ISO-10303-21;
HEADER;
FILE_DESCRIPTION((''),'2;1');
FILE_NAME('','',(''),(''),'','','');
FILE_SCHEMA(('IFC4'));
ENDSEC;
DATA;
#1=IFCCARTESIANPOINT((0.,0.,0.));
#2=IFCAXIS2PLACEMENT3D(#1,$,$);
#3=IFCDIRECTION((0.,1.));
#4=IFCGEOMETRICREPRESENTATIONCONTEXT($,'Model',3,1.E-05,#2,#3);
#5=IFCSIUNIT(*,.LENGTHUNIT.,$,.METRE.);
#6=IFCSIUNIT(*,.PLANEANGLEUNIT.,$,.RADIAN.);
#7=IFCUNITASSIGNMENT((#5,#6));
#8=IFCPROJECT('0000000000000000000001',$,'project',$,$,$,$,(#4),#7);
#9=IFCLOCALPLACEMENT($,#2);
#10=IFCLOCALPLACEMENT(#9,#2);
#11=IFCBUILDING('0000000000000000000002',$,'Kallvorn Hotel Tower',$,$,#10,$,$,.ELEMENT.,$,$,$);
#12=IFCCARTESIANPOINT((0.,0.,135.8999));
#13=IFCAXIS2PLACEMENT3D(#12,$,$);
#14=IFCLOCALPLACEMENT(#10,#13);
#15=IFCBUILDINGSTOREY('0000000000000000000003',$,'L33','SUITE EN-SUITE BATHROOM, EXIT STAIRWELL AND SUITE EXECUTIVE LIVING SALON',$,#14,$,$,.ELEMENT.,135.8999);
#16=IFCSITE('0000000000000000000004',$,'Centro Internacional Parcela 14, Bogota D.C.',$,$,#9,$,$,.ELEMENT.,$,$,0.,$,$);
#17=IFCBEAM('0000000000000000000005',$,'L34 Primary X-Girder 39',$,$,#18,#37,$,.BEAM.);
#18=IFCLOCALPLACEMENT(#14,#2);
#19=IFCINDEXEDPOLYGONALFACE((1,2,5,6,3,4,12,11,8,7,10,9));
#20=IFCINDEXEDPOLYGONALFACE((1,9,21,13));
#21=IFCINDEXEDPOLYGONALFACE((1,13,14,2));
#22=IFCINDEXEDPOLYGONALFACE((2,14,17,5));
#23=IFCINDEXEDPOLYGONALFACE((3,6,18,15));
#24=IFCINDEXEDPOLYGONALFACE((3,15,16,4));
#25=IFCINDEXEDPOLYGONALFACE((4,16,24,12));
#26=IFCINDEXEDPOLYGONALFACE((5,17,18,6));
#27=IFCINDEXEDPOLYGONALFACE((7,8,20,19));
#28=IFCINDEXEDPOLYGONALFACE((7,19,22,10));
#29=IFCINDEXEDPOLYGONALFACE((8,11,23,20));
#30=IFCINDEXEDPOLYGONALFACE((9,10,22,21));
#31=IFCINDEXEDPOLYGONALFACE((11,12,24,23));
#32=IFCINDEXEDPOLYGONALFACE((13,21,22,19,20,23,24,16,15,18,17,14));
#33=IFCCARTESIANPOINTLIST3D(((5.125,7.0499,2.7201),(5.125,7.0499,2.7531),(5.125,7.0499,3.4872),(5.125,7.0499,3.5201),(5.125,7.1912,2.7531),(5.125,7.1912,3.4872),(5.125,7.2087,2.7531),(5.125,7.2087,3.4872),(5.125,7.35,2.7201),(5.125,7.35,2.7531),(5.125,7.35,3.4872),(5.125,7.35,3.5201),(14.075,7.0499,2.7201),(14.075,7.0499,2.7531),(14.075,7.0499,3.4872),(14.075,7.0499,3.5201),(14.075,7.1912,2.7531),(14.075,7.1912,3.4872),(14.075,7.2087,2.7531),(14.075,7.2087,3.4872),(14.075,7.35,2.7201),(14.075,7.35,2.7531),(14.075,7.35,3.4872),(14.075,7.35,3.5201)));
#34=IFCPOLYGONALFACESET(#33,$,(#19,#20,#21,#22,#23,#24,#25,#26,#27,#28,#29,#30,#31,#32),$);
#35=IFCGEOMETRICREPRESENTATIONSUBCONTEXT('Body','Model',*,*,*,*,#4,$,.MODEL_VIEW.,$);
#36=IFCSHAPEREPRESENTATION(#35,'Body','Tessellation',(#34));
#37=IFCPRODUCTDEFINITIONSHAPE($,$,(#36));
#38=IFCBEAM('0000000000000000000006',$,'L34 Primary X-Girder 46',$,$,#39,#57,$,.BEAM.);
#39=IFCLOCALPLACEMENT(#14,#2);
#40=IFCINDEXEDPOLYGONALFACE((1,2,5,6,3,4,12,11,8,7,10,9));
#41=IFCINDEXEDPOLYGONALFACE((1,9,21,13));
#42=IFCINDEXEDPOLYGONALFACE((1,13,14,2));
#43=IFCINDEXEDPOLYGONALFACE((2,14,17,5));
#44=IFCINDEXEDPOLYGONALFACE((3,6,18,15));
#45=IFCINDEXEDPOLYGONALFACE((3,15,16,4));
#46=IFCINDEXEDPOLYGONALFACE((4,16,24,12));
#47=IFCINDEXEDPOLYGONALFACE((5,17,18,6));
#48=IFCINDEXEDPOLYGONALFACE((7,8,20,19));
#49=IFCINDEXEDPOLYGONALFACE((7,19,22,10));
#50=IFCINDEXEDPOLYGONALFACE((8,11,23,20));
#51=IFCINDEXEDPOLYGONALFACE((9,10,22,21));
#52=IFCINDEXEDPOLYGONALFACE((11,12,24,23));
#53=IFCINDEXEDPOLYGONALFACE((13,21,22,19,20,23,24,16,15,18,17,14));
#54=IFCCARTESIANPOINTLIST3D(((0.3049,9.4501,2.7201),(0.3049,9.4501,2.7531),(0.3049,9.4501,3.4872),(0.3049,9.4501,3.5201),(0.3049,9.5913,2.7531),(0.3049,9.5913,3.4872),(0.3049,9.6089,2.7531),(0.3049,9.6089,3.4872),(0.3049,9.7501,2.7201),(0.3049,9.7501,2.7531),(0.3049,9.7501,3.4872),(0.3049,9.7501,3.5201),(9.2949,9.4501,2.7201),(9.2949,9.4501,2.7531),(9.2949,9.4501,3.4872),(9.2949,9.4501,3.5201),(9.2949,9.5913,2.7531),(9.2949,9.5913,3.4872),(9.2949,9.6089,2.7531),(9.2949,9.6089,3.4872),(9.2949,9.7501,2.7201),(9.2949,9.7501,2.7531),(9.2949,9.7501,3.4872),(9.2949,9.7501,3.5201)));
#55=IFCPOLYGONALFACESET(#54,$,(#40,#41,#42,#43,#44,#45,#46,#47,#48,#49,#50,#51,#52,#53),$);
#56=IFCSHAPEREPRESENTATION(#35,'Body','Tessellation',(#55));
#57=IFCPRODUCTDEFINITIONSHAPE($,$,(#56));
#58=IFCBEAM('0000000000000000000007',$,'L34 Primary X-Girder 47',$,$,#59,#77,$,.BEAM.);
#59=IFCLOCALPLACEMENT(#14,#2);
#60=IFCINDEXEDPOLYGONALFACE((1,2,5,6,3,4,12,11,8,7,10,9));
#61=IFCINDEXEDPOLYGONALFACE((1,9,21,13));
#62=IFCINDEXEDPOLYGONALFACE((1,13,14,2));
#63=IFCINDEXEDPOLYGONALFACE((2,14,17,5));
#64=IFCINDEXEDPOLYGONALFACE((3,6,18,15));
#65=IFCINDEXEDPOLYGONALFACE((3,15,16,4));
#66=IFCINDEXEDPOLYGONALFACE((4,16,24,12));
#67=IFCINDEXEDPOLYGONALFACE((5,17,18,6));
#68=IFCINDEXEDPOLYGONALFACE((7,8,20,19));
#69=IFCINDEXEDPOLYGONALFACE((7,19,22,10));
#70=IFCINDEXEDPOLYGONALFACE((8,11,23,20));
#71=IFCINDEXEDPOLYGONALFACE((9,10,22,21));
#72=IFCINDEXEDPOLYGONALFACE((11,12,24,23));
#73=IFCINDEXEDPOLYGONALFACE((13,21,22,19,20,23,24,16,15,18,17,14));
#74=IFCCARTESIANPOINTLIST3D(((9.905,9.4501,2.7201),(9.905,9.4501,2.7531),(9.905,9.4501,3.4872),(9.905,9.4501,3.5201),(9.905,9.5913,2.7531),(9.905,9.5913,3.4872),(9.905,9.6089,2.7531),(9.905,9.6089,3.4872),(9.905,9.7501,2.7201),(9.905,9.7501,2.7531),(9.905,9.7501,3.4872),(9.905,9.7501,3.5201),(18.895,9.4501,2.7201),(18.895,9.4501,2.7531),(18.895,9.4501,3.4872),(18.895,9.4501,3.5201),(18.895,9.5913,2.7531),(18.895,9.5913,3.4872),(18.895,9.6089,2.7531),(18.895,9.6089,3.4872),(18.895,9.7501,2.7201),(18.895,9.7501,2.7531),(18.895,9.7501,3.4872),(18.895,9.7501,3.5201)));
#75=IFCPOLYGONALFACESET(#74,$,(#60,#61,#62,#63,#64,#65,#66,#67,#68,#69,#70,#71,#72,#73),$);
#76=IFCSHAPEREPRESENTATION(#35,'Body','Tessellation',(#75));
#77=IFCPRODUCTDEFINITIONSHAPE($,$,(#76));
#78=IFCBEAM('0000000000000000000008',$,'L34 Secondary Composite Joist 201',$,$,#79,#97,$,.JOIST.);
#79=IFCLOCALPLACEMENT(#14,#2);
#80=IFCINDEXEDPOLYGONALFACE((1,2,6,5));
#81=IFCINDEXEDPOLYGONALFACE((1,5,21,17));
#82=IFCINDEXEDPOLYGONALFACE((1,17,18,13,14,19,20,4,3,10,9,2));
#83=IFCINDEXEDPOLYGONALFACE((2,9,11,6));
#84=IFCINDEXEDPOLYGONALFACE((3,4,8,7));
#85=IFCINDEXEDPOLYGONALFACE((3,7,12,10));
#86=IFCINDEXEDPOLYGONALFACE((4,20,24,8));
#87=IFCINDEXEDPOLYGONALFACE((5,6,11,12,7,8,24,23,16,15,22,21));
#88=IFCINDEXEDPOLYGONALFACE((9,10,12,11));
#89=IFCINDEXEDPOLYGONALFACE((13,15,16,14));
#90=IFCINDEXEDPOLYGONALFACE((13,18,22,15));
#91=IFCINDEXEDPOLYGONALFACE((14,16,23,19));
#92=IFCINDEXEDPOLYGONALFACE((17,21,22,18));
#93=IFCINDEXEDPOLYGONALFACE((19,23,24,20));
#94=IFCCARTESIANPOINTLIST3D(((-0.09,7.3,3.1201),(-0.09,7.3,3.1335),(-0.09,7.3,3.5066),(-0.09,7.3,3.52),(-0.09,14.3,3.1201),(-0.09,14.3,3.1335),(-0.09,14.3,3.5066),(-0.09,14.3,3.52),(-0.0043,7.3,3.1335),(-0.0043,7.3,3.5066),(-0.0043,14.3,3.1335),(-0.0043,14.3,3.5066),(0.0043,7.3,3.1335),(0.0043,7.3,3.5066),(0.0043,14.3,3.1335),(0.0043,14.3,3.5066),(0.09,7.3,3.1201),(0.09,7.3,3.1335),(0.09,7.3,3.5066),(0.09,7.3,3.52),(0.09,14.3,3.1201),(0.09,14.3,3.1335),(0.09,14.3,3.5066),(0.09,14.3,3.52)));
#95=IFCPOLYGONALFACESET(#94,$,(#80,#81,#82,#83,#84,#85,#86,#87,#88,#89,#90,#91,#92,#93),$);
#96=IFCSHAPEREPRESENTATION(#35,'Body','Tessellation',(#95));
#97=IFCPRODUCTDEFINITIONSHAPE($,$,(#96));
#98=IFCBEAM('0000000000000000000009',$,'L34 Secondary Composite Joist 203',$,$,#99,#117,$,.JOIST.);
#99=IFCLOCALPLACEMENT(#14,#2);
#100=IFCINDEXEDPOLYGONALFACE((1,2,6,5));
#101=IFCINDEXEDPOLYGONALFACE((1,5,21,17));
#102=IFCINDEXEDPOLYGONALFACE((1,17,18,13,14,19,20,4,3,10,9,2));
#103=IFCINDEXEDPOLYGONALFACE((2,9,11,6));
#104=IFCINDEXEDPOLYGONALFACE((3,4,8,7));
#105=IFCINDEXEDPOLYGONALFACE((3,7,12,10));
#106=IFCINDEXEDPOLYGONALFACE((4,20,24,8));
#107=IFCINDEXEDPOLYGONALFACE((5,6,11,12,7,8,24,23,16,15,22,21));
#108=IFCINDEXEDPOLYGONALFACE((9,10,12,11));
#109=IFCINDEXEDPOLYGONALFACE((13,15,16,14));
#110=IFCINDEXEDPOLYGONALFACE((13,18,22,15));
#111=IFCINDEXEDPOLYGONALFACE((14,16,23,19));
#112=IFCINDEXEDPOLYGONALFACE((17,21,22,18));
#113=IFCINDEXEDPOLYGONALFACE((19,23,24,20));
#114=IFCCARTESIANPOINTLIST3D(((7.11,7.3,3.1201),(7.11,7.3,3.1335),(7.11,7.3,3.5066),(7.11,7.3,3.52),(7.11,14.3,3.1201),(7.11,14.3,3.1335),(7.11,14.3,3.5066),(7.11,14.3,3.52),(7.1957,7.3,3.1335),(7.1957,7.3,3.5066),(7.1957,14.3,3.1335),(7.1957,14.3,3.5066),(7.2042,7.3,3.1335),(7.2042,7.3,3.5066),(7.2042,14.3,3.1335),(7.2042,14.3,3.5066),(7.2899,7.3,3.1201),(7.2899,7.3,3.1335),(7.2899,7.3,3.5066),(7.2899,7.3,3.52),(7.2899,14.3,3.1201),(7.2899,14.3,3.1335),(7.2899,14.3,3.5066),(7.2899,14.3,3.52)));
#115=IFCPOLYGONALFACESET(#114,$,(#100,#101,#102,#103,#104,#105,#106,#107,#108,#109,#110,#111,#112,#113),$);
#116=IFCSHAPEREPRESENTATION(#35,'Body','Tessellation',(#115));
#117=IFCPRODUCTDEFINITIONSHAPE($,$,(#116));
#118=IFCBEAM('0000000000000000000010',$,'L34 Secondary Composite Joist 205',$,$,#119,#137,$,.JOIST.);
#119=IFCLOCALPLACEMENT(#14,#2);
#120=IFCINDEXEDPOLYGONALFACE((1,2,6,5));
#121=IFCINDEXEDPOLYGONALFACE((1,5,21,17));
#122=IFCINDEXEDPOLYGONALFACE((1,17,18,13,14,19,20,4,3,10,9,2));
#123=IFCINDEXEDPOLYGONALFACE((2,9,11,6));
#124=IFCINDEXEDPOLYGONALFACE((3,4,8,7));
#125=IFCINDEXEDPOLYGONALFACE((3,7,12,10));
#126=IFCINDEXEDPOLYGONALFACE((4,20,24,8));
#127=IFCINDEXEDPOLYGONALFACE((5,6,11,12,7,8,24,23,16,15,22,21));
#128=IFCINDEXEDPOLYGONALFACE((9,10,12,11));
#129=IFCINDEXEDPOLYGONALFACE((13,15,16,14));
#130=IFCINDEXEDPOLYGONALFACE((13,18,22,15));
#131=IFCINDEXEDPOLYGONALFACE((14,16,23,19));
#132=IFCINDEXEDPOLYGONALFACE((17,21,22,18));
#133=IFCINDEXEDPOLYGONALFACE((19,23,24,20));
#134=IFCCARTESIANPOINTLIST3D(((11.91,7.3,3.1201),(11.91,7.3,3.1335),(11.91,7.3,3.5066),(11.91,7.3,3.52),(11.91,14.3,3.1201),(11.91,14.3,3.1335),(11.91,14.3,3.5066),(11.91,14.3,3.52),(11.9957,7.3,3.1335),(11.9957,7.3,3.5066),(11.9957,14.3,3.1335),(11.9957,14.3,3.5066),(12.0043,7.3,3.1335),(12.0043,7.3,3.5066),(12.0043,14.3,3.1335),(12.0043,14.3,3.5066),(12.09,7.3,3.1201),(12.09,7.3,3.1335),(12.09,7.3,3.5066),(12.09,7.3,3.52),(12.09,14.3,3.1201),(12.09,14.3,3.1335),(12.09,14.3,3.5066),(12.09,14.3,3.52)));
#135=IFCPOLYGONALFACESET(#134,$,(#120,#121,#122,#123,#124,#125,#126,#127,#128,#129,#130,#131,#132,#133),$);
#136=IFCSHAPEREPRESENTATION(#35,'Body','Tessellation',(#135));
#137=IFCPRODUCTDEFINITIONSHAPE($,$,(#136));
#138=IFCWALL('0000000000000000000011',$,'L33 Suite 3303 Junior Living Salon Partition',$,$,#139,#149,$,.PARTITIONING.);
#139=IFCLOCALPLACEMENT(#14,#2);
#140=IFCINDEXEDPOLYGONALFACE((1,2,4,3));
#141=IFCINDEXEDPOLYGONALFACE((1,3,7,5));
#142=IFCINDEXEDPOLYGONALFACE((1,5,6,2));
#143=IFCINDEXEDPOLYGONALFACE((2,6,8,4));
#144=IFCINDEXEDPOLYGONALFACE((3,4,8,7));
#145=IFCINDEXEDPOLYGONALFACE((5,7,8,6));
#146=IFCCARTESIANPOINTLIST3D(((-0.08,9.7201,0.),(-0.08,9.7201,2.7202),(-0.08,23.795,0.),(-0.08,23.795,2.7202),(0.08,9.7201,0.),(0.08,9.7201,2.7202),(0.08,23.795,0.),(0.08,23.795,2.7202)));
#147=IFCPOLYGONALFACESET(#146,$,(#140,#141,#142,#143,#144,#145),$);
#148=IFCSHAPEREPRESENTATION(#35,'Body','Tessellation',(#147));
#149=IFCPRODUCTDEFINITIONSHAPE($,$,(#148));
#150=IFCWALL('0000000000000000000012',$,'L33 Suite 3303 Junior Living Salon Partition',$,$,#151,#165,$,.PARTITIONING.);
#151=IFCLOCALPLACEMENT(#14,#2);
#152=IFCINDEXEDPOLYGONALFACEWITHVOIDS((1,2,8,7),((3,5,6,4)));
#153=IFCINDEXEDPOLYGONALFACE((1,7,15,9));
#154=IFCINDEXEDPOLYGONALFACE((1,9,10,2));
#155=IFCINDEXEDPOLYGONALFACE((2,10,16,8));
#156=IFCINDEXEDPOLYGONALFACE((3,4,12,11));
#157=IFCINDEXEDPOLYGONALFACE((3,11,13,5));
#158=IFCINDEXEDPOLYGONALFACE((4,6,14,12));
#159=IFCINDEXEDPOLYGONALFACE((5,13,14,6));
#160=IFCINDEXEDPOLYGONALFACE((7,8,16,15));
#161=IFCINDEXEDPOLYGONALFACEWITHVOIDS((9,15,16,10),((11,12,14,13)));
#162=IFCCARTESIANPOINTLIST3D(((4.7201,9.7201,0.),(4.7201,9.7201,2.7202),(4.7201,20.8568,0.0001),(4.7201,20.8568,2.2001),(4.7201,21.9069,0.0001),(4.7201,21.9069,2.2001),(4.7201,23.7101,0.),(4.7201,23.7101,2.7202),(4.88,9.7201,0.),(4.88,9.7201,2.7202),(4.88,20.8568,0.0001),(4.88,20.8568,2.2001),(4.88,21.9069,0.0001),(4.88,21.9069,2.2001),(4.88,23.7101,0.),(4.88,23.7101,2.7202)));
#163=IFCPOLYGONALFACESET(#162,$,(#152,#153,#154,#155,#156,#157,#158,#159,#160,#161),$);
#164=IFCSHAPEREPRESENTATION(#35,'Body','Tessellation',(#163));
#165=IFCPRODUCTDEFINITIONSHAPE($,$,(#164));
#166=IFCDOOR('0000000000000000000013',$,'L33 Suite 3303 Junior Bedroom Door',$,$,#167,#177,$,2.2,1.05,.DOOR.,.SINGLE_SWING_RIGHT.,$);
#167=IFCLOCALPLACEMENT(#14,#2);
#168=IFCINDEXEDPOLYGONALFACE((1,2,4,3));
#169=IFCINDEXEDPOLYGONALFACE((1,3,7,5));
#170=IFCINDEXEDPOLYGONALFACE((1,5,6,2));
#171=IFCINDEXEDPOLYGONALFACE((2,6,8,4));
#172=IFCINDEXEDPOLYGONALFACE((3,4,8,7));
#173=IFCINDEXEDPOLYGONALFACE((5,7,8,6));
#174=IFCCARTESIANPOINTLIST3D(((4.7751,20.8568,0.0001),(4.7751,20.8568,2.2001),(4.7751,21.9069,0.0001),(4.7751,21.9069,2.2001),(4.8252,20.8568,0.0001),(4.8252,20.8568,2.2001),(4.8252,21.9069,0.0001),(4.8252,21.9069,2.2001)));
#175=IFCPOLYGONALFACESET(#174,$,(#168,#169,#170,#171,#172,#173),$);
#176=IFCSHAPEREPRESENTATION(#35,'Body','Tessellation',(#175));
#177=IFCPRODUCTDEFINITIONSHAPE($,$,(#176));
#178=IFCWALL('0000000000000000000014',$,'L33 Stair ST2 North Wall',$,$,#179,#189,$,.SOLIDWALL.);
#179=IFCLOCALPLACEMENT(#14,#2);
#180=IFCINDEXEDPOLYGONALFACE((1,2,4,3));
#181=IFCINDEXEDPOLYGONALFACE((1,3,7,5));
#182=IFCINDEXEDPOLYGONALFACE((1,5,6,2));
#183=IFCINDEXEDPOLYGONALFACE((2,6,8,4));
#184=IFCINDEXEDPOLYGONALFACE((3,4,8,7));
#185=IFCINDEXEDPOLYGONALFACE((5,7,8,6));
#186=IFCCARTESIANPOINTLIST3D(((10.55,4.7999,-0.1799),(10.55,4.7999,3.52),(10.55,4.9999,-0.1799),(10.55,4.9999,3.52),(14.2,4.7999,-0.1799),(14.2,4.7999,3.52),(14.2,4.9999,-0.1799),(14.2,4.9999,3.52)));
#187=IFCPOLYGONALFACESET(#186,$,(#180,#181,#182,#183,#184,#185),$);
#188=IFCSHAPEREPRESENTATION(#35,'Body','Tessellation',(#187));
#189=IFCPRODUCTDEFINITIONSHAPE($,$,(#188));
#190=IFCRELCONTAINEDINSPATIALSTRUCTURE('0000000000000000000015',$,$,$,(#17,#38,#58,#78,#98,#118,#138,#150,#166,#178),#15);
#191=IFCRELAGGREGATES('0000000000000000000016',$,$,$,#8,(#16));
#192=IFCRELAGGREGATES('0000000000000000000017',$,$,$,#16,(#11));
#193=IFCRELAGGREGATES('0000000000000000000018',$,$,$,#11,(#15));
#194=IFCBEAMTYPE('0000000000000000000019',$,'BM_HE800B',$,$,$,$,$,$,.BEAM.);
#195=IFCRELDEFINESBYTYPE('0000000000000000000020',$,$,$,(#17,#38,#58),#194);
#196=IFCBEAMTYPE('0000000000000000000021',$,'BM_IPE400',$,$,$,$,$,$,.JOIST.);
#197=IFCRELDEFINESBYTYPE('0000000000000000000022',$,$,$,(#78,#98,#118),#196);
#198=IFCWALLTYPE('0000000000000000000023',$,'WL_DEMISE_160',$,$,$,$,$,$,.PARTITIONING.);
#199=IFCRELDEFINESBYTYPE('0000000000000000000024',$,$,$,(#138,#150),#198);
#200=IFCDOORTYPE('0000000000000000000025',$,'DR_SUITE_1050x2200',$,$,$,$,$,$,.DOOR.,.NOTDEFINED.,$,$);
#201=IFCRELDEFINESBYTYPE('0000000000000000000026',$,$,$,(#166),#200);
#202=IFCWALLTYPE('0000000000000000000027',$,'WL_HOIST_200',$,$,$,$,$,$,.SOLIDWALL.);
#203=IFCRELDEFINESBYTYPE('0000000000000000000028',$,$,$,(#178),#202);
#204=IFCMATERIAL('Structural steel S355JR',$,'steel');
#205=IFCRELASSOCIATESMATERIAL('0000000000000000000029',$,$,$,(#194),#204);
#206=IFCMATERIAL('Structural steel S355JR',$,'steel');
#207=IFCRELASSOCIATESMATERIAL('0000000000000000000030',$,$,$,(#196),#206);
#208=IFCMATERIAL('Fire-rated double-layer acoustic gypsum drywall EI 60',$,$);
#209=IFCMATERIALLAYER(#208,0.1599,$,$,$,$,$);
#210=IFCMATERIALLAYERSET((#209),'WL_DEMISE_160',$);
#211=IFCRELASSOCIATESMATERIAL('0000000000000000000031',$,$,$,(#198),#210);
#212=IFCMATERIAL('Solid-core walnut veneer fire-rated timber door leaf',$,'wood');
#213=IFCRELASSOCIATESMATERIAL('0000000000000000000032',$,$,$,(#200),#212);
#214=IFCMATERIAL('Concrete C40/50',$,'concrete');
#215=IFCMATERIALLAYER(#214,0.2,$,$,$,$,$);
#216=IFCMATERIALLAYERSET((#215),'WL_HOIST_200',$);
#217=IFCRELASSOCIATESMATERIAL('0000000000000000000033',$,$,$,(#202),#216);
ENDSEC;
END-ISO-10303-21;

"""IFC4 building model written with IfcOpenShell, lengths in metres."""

from ifc_helpers import new_model, si_unit, direction, frame, frame_2d, origin, origin_2d, place, context, subcontext, project, spatial, rectangle, i_section, extrude, material, layer, layer_set, material_profile, profile_set, type_object, element, fill, save


model = new_model("IFC4")

# Units and contexts
model_context = context("Model", 3, precision=1e-05, world=origin(), true_north=direction((0.0, 1.0)))
body_context = subcontext(model_context, "Body", "Model", "MODEL_VIEW")
ifc_project = project(units=[si_unit("LENGTHUNIT", "METRE"), si_unit("PLANEANGLEUNIT", "RADIAN")], contexts=[model_context])

# Site, building, storey
site_placement = place(None, origin())
site = spatial("IfcSite", under=ifc_project, at=site_placement, Name="Centro Internacional Parcela 14, Bogota D.C.", CompositionType="ELEMENT", RefElevation=0.0)
building_placement = place(site_placement, origin())
building = spatial("IfcBuilding", under=site, at=building_placement, Name="Kallvorn Hotel Tower", CompositionType="ELEMENT")
storey_placement = place(building_placement, frame((0.0, 0.0, 135.8999)))
storey = spatial("IfcBuildingStorey", under=building, at=storey_placement, Name="L33", Description="SUITE EN-SUITE BATHROOM, EXIT STAIRWELL AND SUITE EXECUTIVE LIVING SALON", CompositionType="ELEMENT", Elevation=135.8999)

# Beams
ifc_material_1 = material(Name="Structural steel S355JR", Category="steel")
ifc_material_profile_1 = material_profile(ifc_material_1, i_section(OverallWidth=0.3, OverallDepth=0.8, WebThickness=0.0176, FlangeThickness=0.033, at=origin_2d()), Name="HE 800 B")
ifc_profile_set_1 = profile_set([ifc_material_profile_1], Name="Structural steel S355JR")
beam_type_1 = type_object("IfcBeamType", Name="BM_HE800B", PredefinedType="BEAM", material=ifc_profile_set_1)
beam_1_placement = place(storey_placement, frame((5.125, 7.2, 3.1201), z_axis=(1.0, 0.0, 0.0), x_axis=(0.0, 1.0, 0.0)))
element("IfcBeam", 1, at=beam_1_placement, inside=storey, type_object=beam_type_1, Name="L34 Primary X-Girder 39", PredefinedType="BEAM", context=body_context, shape_type="SweptSolid", body=[
    extrude(i_section(OverallWidth=0.3, OverallDepth=0.8, WebThickness=0.0176, FlangeThickness=0.033, at=origin_2d()), origin(), (0.0, 0.0, 1.0), 8.95),
])
for number, where, z_axis, x_axis, name in (
    (2, (0.3049, 9.6001, 3.1201), (1.0, 0.0, 0.0), (0.0, 1.0, 0.0), "L34 Primary X-Girder 46"),
    (3, (9.905, 9.6001, 3.1201), (1.0, 0.0, 0.0), (0.0, 1.0, 0.0), "L34 Primary X-Girder 47"),
):
    element("IfcBeam", number, at=place(storey_placement, frame(where, z_axis=z_axis, x_axis=x_axis)), inside=storey, type_object=beam_type_1, Name=name, PredefinedType="BEAM", context=body_context, shape_type="SweptSolid", body=[
        extrude(i_section(OverallWidth=0.3, OverallDepth=0.8, WebThickness=0.0176, FlangeThickness=0.033, at=origin_2d()), origin(), (0.0, 0.0, 1.0), 8.99),
    ])
ifc_material_2 = material(Name="Structural steel S355JR", Category="steel")
ifc_material_profile_2 = material_profile(ifc_material_2, i_section(OverallWidth=0.1799, OverallDepth=0.3999, WebThickness=0.0085, FlangeThickness=0.0134, at=origin_2d()), Name="IPE 400")
ifc_profile_set_2 = profile_set([ifc_material_profile_2], Name="Structural steel S355JR")
beam_type_2 = type_object("IfcBeamType", Name="BM_IPE400", PredefinedType="JOIST", material=ifc_profile_set_2)
for number, where, z_axis, x_axis, name in (
    (4, (0.0, 7.3, 3.3201), (0.0, 1.0, 0.0), (-1.0, 0.0, 0.0), "L34 Secondary Composite Joist 201"),
    (5, (7.2, 7.3, 3.3201), (0.0, 1.0, 0.0), (-1.0, 0.0, 0.0), "L34 Secondary Composite Joist 203"),
    (6, (12.0, 7.3, 3.3201), (0.0, 1.0, 0.0), (-1.0, 0.0, 0.0), "L34 Secondary Composite Joist 205"),
):
    element("IfcBeam", number, at=place(storey_placement, frame(where, z_axis=z_axis, x_axis=x_axis)), inside=storey, type_object=beam_type_2, Name=name, PredefinedType="JOIST", context=body_context, shape_type="SweptSolid", body=[
        extrude(i_section(OverallWidth=0.1799, OverallDepth=0.3999, WebThickness=0.0085, FlangeThickness=0.0134, at=origin_2d()), origin(), (0.0, 0.0, 1.0), 7.0),
    ])

# Wall
ifc_material_3 = material(Name="Fire-rated double-layer acoustic gypsum drywall EI 60")
ifc_layer_1 = layer(ifc_material_3, 0.1599)
ifc_layer_set_1 = layer_set([ifc_layer_1], Name="WL_DEMISE_160")
wall_type_1 = type_object("IfcWallType", Name="WL_DEMISE_160", PredefinedType="PARTITIONING", material=ifc_layer_set_1)
wall_1_placement = place(storey_placement, frame((0.0, 9.72, 0.0), z_axis=(0.0, 0.0, 1.0), x_axis=(0.0, 1.0, 0.0)))
element("IfcWall", 7, at=wall_1_placement, inside=storey, type_object=wall_type_1, Name="L33 Suite 3303 Junior Living Salon Partition", PredefinedType="PARTITIONING", context=body_context, shape_type="SweptSolid", body=[
    extrude(rectangle(XDim=14.075, YDim=0.1599, at=frame_2d((7.0376, 0.0))), origin(), (0.0, 0.0, 1.0), 2.7202),
])

# Wall, opening, door
wall_2_placement = place(storey_placement, frame((4.8, 9.72, 0.0), z_axis=(0.0, 0.0, 1.0), x_axis=(0.0, 1.0, 0.0)))
wall_2 = element("IfcWall", 8, at=wall_2_placement, inside=storey, type_object=wall_type_1, Name="L33 Suite 3303 Junior Living Salon Partition", PredefinedType="PARTITIONING", context=body_context, shape_type="SweptSolid", body=[
    extrude(rectangle(XDim=13.99, YDim=0.1599, at=frame_2d((6.9951, 0.0))), origin(), (0.0, 0.0, 1.0), 2.7202),
])
opening_1_placement = place(wall_2_placement, frame((11.137, 0.0, 0.0)))
opening_1 = element("IfcOpeningElement", 9, at=opening_1_placement, cuts=wall_2, PredefinedType="OPENING", context=body_context, shape_type="SweptSolid", body=[
    extrude(rectangle(XDim=1.05, YDim=2.2, at=frame_2d((0.5249, 1.1001))), frame((0.0, 0.095, 0.0), z_axis=(0.0, -1.0, 0.0), x_axis=(1.0, 0.0, 0.0)), (0.0, 0.0, 1.0), 0.1899),
])
ifc_material_4 = material(Name="Solid-core walnut veneer fire-rated timber door leaf", Category="wood")
door_type_1 = type_object("IfcDoorType", Name="DR_SUITE_1050x2200", OperationType="NOTDEFINED", PredefinedType="DOOR", material=ifc_material_4)
door_1_placement = place(opening_1_placement, origin())
door_1 = element("IfcDoor", 10, at=door_1_placement, inside=storey, type_object=door_type_1, Name="L33 Suite 3303 Junior Bedroom Door", OperationType="SINGLE_SWING_RIGHT", OverallHeight=2.2, OverallWidth=1.05, PredefinedType="DOOR", context=body_context, shape_type="SweptSolid", body=[
    extrude(rectangle(XDim=1.05, YDim=2.2, at=frame_2d((0.5249, 1.1001))), frame((0.0, 0.0249, 0.0), z_axis=(0.0, -1.0, 0.0), x_axis=(1.0, 0.0, 0.0)), (0.0, 0.0, 1.0), 0.05),
])
fill(opening_1, door_1)

# Wall
ifc_material_5 = material(Name="Concrete C40/50", Category="concrete")
ifc_layer_2 = layer(ifc_material_5, 0.2)
ifc_layer_set_2 = layer_set([ifc_layer_2], Name="WL_HOIST_200")
wall_type_2 = type_object("IfcWallType", Name="WL_HOIST_200", PredefinedType="SOLIDWALL", material=ifc_layer_set_2)
wall_3_placement = place(storey_placement, frame((10.55, 4.8999, -0.1799), z_axis=(0.0, 0.0, 1.0), x_axis=(1.0, 0.0, 0.0)))
element("IfcWall", 11, at=wall_3_placement, inside=storey, type_object=wall_type_2, Name="L33 Stair ST2 North Wall", PredefinedType="SOLIDWALL", context=body_context, shape_type="SweptSolid", body=[
    extrude(rectangle(XDim=3.6499, YDim=0.2, at=frame_2d((1.825, 0.0))), origin(), (0.0, 0.0, 1.0), 3.7),
])

save(model, "model.ifc")
